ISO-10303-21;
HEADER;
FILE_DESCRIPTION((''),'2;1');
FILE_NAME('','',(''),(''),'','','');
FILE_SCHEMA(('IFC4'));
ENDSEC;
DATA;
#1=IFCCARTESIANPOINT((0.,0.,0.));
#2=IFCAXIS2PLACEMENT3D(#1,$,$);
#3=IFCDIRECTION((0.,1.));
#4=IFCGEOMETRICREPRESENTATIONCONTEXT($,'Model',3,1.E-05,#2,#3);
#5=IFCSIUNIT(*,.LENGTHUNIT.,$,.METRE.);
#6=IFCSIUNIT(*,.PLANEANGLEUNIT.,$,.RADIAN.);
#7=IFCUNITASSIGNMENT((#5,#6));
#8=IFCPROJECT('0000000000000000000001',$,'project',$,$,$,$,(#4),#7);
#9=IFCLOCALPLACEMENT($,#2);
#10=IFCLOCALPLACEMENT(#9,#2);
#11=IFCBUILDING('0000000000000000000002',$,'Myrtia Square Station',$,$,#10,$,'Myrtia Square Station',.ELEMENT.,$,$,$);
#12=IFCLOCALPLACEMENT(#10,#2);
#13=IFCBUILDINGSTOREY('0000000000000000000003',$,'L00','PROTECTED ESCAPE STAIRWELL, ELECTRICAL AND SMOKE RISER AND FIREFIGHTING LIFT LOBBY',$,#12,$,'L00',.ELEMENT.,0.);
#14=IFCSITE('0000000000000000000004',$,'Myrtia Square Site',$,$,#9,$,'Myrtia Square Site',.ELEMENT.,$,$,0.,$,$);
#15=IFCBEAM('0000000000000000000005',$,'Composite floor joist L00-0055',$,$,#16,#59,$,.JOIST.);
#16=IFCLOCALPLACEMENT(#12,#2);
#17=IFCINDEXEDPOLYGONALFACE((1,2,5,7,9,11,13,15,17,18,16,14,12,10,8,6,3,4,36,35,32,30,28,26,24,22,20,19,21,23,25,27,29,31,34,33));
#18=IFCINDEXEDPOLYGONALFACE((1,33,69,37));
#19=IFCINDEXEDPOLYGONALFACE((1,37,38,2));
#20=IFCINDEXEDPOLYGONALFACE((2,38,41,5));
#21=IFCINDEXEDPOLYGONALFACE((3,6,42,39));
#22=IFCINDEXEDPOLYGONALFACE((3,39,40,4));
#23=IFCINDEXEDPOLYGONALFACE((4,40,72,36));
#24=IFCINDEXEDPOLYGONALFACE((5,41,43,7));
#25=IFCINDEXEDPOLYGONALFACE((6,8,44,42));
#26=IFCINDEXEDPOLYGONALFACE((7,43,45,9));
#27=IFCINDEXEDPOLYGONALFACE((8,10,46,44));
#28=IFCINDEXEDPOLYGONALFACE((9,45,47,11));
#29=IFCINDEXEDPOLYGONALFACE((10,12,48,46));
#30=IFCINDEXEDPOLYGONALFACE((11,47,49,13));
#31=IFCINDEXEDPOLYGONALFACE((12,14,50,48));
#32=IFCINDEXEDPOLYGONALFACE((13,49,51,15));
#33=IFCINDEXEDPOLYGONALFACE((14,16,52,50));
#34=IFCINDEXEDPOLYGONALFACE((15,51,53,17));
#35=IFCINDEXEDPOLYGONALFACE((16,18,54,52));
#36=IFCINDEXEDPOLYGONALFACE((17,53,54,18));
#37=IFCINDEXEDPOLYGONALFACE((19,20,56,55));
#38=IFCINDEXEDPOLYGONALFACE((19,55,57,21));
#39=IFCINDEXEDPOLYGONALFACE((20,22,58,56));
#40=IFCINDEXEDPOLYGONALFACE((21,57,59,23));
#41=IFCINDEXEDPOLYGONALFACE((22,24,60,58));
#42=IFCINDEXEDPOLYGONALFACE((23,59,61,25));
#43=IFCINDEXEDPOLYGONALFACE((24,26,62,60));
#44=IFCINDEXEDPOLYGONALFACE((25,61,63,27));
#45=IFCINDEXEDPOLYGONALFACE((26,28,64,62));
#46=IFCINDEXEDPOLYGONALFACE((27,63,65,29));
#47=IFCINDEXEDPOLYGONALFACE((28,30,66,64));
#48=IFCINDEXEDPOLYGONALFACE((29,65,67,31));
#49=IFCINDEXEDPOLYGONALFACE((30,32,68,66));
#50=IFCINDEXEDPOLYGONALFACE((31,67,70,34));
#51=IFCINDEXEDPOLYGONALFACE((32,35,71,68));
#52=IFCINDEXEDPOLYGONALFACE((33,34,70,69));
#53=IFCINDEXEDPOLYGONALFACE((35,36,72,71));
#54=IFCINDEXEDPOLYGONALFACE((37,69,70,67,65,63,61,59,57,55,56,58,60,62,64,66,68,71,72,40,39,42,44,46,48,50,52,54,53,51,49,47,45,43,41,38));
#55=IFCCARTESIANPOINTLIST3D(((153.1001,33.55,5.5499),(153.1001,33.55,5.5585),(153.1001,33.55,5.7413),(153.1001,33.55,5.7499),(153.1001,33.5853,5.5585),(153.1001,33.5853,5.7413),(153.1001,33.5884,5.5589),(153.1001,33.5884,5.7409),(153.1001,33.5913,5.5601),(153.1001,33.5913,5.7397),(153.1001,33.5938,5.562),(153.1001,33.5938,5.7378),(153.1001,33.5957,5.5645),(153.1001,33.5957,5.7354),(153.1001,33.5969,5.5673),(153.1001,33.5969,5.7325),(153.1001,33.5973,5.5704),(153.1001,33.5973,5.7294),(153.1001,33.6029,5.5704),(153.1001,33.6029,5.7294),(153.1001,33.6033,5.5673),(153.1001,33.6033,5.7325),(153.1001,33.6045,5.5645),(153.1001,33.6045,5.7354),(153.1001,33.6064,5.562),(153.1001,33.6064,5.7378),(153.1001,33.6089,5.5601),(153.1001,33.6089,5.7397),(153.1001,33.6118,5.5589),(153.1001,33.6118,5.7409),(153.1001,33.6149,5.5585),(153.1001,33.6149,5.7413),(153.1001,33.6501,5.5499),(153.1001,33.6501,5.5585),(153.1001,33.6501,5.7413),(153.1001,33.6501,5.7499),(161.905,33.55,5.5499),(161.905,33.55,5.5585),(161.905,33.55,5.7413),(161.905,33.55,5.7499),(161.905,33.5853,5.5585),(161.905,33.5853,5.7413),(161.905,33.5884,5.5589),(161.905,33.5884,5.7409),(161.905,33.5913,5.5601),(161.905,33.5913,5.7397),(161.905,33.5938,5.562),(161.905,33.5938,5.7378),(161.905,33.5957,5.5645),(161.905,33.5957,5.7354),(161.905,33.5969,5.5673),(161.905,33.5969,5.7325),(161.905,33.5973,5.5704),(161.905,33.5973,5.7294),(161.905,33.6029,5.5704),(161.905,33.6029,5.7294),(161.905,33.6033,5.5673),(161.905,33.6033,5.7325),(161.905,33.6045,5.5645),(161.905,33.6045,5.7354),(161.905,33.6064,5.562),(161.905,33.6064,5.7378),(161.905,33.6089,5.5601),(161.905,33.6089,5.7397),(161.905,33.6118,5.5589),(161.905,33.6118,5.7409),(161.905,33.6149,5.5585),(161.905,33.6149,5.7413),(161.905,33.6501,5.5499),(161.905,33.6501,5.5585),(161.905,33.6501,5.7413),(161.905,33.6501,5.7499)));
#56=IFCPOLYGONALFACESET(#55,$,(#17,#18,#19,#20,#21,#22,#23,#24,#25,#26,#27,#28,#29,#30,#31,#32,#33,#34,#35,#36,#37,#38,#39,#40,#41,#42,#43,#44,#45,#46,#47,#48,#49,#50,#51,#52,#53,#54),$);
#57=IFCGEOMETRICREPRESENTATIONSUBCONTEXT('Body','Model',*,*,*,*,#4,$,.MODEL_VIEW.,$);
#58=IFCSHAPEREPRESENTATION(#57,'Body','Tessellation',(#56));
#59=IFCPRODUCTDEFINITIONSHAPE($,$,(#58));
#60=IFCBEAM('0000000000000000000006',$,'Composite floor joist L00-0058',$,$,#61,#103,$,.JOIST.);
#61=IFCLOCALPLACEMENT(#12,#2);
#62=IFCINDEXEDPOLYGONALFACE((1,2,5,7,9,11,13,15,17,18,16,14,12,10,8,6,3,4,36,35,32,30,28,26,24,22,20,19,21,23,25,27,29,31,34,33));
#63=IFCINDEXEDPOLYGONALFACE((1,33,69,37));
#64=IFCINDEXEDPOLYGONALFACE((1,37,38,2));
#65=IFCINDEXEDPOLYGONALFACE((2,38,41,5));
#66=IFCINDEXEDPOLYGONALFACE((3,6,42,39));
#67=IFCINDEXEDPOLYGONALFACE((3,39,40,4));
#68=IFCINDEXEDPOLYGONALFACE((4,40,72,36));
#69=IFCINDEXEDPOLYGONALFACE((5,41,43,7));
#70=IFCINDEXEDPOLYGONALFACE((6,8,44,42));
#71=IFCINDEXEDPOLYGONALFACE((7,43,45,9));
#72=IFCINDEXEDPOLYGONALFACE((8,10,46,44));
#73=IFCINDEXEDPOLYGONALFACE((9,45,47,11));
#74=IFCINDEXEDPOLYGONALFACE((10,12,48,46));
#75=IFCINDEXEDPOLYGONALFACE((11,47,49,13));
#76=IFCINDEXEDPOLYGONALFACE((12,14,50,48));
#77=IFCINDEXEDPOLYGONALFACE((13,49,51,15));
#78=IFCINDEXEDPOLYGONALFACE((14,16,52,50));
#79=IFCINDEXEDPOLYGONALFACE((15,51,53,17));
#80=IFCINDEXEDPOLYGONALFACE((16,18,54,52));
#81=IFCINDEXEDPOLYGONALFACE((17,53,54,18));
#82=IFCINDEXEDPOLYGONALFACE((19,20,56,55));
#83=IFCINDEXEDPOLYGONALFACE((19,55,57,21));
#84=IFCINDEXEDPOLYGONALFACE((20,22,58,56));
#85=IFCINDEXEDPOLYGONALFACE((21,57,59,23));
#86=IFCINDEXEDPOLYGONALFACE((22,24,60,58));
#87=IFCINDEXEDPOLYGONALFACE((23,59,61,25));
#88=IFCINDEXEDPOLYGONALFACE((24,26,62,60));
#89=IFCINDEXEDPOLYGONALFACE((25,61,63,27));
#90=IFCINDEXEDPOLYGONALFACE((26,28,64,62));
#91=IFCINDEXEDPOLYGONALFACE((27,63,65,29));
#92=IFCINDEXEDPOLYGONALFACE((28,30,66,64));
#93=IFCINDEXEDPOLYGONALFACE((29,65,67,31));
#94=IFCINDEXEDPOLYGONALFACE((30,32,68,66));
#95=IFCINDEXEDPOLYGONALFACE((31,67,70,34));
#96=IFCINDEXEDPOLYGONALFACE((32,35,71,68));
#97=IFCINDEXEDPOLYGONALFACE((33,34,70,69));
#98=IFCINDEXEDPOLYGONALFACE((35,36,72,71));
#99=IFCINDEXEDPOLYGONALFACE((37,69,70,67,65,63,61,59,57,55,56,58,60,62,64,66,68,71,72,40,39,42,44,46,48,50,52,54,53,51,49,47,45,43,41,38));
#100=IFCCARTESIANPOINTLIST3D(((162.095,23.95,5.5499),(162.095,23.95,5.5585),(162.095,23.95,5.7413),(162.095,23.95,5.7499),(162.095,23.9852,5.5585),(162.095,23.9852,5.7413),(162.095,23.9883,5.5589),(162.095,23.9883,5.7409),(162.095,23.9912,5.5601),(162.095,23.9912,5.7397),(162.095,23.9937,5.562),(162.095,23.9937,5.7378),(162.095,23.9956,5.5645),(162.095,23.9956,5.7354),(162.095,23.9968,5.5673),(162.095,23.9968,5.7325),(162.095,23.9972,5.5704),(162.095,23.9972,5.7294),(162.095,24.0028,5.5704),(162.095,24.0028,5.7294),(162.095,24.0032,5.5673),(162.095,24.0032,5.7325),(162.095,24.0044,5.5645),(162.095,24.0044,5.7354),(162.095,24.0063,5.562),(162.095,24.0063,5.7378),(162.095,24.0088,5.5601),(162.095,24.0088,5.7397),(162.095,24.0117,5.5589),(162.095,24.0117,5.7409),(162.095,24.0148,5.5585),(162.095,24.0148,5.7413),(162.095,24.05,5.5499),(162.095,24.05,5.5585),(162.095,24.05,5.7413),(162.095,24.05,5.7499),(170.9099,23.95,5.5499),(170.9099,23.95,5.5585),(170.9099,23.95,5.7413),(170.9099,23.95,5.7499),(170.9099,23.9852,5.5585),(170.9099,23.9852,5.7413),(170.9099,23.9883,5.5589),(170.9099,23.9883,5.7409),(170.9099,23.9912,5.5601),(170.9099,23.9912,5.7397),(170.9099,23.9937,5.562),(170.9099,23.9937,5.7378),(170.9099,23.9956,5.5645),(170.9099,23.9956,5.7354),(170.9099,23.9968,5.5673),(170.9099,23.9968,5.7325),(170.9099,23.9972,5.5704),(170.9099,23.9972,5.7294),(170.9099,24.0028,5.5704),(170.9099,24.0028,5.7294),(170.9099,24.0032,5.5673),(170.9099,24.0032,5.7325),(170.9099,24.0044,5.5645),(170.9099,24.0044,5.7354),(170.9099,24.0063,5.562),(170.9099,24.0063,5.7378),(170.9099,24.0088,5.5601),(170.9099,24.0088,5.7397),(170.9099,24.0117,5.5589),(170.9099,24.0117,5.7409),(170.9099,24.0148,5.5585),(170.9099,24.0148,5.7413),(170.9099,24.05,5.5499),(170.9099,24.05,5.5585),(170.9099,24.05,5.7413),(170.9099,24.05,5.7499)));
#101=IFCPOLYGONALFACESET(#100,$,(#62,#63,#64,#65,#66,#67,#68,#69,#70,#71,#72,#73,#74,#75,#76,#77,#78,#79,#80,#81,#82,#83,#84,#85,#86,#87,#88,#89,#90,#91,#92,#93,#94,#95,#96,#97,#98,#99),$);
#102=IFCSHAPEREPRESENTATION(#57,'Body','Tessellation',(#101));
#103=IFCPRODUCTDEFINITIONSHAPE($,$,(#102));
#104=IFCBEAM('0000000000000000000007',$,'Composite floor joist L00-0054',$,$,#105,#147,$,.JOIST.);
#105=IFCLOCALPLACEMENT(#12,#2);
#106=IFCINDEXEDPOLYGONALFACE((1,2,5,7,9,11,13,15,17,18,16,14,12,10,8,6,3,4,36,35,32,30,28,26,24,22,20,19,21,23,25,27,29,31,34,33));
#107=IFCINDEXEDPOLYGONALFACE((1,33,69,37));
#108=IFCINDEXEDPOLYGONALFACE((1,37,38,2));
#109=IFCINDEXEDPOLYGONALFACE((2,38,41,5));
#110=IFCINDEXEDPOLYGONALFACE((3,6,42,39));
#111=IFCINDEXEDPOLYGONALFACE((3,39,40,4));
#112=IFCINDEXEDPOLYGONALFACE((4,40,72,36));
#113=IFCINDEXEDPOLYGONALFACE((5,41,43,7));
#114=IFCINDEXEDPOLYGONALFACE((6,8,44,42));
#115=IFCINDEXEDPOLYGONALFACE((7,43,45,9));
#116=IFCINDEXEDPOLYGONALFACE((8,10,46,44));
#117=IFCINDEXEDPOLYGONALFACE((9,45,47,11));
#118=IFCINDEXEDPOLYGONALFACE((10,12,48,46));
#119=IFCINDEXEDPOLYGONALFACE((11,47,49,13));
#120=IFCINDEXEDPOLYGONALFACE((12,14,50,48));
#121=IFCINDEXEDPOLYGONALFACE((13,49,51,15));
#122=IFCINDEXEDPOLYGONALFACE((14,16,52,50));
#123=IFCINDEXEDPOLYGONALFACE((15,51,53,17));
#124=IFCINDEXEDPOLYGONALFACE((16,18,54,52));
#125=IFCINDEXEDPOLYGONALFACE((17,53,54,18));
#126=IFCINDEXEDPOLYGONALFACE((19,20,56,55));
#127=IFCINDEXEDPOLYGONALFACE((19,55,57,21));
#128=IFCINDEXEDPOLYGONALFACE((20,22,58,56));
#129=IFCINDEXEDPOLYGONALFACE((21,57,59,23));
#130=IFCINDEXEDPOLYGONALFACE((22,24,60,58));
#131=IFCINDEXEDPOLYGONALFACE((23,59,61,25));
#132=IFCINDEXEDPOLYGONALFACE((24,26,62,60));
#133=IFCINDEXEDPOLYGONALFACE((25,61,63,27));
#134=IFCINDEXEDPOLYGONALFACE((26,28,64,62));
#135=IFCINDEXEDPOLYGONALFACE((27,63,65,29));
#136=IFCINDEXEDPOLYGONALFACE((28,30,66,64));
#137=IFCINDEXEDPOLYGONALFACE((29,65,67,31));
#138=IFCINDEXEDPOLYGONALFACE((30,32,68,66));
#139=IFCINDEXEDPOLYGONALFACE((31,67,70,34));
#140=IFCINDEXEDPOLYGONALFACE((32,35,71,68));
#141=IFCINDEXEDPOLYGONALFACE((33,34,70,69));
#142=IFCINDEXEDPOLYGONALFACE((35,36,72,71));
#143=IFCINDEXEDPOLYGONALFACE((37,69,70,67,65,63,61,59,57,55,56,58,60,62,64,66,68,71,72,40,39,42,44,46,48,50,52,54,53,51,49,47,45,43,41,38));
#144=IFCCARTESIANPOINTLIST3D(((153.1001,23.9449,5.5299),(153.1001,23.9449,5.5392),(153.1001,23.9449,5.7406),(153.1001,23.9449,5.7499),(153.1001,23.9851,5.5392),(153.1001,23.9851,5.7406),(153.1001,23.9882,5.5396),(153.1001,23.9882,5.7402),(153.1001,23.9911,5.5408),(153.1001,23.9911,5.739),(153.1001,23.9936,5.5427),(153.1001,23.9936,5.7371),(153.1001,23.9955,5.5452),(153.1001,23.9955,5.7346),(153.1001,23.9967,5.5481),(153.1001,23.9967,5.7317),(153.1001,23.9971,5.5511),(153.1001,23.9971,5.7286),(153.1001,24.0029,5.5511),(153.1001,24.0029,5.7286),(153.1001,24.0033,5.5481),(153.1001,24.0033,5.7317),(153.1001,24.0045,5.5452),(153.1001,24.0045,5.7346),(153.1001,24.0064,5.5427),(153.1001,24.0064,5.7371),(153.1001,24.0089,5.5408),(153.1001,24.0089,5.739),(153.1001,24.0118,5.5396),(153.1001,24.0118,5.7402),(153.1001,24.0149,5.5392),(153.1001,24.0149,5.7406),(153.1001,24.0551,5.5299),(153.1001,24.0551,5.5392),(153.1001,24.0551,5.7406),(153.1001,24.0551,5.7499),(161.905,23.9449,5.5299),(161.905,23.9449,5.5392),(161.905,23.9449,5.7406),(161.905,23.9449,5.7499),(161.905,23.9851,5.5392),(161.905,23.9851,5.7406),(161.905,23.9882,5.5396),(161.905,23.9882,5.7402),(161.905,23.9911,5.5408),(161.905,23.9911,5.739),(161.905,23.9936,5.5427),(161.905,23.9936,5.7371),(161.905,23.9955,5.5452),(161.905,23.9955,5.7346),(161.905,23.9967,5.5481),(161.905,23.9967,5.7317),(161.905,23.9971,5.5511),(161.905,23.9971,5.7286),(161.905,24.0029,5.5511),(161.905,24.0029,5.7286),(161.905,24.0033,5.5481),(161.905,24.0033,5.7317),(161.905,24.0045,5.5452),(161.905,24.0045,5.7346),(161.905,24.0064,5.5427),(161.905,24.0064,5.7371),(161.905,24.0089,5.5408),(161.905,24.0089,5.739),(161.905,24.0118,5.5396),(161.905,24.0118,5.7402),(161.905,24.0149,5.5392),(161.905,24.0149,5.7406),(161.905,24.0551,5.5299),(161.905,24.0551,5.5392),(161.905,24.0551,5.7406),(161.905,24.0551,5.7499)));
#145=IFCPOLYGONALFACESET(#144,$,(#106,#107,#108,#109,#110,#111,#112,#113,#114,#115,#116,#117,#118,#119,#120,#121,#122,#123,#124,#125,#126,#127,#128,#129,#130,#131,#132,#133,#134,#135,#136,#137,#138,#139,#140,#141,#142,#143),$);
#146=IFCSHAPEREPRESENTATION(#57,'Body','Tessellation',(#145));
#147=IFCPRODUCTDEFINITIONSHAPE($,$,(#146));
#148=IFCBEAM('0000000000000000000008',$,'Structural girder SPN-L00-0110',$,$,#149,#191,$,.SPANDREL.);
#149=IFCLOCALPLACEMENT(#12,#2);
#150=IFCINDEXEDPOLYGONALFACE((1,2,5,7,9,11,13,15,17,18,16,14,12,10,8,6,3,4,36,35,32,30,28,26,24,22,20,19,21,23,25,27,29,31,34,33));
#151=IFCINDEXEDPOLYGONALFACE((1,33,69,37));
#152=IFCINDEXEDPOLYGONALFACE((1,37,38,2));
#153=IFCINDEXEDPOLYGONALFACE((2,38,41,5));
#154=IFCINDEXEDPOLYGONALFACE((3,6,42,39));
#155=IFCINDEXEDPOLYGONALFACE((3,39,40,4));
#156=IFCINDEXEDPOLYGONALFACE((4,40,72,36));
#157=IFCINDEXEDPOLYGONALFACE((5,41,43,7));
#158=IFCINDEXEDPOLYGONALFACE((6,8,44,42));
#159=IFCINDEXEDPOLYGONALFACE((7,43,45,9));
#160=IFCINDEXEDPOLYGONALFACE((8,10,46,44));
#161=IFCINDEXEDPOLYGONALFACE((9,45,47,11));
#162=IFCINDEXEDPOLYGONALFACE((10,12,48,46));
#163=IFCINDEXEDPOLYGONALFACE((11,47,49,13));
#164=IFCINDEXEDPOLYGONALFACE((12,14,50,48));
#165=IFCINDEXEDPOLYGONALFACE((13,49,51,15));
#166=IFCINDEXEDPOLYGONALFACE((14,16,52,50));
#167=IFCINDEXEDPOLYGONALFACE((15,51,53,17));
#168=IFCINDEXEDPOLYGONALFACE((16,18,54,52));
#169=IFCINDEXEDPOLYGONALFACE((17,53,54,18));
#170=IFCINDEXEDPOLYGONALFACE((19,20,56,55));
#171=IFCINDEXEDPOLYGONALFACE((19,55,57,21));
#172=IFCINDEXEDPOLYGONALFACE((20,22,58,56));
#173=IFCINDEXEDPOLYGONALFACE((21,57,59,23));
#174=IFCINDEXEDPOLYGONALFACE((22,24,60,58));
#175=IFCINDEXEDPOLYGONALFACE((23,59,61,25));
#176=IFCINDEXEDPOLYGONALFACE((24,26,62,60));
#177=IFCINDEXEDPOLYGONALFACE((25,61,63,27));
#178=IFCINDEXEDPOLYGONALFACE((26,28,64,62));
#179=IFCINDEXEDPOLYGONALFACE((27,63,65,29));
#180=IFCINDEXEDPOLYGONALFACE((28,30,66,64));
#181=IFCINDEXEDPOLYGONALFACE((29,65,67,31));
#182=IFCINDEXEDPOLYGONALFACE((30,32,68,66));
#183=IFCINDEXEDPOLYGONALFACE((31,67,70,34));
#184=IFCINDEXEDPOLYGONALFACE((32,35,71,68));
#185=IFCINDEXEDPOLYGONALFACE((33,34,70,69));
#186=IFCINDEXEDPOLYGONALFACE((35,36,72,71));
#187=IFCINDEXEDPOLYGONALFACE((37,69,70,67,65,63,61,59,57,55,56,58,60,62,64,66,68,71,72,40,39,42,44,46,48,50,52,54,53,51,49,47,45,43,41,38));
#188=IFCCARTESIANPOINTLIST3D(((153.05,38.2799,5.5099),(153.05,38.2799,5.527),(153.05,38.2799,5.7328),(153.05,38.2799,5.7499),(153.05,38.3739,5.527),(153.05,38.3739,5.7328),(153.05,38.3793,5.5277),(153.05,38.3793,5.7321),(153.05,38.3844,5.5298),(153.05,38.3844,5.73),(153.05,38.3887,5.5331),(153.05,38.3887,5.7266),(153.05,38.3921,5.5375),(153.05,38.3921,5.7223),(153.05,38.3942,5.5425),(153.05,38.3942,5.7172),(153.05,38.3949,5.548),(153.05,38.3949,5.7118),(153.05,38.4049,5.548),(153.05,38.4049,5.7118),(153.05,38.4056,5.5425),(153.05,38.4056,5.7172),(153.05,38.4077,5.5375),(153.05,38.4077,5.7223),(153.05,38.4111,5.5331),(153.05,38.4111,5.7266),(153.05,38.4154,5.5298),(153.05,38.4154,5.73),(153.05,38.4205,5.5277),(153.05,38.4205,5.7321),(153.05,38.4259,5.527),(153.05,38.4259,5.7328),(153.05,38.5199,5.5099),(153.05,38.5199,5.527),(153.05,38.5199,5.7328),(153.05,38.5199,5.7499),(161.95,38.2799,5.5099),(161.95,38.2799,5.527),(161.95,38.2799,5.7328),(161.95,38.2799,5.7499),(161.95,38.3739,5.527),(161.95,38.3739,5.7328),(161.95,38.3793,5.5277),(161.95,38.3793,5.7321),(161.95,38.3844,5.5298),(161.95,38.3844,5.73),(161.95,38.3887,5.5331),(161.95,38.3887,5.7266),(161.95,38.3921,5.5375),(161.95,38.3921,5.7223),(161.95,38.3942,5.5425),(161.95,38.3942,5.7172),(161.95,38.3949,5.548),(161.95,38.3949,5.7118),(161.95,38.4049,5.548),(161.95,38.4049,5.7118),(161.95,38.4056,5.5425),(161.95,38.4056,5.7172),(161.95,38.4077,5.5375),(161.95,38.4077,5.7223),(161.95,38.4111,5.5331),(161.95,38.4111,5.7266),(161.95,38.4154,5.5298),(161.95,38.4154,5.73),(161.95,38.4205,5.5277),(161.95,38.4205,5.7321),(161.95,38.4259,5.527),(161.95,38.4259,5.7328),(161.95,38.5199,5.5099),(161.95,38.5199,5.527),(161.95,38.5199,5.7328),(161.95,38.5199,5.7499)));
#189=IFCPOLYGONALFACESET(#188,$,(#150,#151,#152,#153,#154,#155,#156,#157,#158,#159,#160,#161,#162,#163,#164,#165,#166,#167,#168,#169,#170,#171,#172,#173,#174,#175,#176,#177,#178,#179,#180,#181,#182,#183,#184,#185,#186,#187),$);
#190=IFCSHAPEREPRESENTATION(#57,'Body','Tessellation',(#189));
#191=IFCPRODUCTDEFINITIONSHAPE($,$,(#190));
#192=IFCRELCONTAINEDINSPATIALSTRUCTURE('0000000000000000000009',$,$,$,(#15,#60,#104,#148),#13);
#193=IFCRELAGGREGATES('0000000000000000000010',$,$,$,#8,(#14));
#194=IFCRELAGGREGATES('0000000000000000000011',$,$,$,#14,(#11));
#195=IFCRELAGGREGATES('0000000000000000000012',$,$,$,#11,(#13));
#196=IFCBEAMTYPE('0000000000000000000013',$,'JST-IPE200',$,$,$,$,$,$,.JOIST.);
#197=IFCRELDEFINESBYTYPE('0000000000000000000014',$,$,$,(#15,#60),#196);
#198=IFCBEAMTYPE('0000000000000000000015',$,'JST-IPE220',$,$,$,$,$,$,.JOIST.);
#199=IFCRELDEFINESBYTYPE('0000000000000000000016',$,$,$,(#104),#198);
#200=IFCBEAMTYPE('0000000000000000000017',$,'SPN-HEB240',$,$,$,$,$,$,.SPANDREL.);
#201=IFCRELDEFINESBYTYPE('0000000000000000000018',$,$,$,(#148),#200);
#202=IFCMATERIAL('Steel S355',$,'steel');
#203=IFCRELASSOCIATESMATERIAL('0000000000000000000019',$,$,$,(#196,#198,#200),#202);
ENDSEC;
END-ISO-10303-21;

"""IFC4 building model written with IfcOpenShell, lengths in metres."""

from ifc_helpers import new_model, si_unit, direction, frame, origin, origin_2d, place, context, subcontext, project, spatial, i_section, extrude, material, material_profile, profile_set, type_object, element, save


model = new_model("IFC4")

# Units and contexts
model_context = context("Model", 3, precision=1e-05, world=origin(), true_north=direction((0.0, 1.0)))
body_context = subcontext(model_context, "Body", "Model", "MODEL_VIEW")
ifc_project = project(units=[si_unit("LENGTHUNIT", "METRE"), si_unit("PLANEANGLEUNIT", "RADIAN")], contexts=[model_context])

# Site, building, storey
site_placement = place(None, origin())
site = spatial("IfcSite", under=ifc_project, at=site_placement, Name="Myrtia Square Site", LongName="Myrtia Square Site", CompositionType="ELEMENT", RefElevation=0.0)
building_placement = place(site_placement, origin())
building = spatial("IfcBuilding", under=site, at=building_placement, Name="Myrtia Square Station", LongName="Myrtia Square Station", CompositionType="ELEMENT")
storey_placement = place(building_placement, origin())
storey = spatial("IfcBuildingStorey", under=building, at=storey_placement, Name="L00", Description="PROTECTED ESCAPE STAIRWELL, ELECTRICAL AND SMOKE RISER AND FIREFIGHTING LIFT LOBBY", LongName="L00", CompositionType="ELEMENT", Elevation=0.0)

# Shared definitions
ifc_material_1 = material(Name="Steel S355", Category="steel")

# Beams
ifc_material_profile_1 = material_profile(ifc_material_1, i_section(OverallWidth=0.1001, OverallDepth=0.2, WebThickness=0.0056, FlangeThickness=0.0085, FilletRadius=0.012, at=origin_2d()), Name="IPE 200")
ifc_profile_set_1 = profile_set([ifc_material_profile_1], Name="Steel S355")
beam_type_1 = type_object("IfcBeamType", Name="JST-IPE200", PredefinedType="JOIST", material=ifc_profile_set_1)
beam_1_placement = place(storey_placement, frame((153.1001, 33.6001, 5.6499), z_axis=(1.0, 0.0, 0.0), x_axis=(0.0, 1.0, 0.0)))
element("IfcBeam", 1, at=beam_1_placement, inside=storey, type_object=beam_type_1, Name="Composite floor joist L00-0055", PredefinedType="JOIST", context=body_context, shape_type="SweptSolid", body=[
    extrude(i_section(OverallWidth=0.1001, OverallDepth=0.2, WebThickness=0.0056, FlangeThickness=0.0085, FilletRadius=0.012, at=origin_2d()), origin(), (0.0, 0.0, 1.0), 8.8049),
])
beam_2_placement = place(storey_placement, frame((162.095, 24.0, 5.6499), z_axis=(1.0, 0.0, 0.0), x_axis=(0.0, 1.0, 0.0)))
element("IfcBeam", 2, at=beam_2_placement, inside=storey, type_object=beam_type_1, Name="Composite floor joist L00-0058", PredefinedType="JOIST", context=body_context, shape_type="SweptSolid", body=[
    extrude(i_section(OverallWidth=0.1001, OverallDepth=0.2, WebThickness=0.0056, FlangeThickness=0.0085, FilletRadius=0.012, at=origin_2d()), origin(), (0.0, 0.0, 1.0), 8.8149),
])
ifc_material_profile_2 = material_profile(ifc_material_1, i_section(OverallWidth=0.1101, OverallDepth=0.22, WebThickness=0.0059, FlangeThickness=0.0093, FilletRadius=0.012, at=origin_2d()), Name="IPE 220")
ifc_profile_set_2 = profile_set([ifc_material_profile_2], Name="Steel S355")
beam_type_2 = type_object("IfcBeamType", Name="JST-IPE220", PredefinedType="JOIST", material=ifc_profile_set_2)
beam_3_placement = place(storey_placement, frame((153.1001, 24.0, 5.6399), z_axis=(1.0, 0.0, 0.0), x_axis=(0.0, 1.0, 0.0)))
element("IfcBeam", 3, at=beam_3_placement, inside=storey, type_object=beam_type_2, Name="Composite floor joist L00-0054", PredefinedType="JOIST", context=body_context, shape_type="SweptSolid", body=[
    extrude(i_section(OverallWidth=0.1101, OverallDepth=0.22, WebThickness=0.0059, FlangeThickness=0.0093, FilletRadius=0.012, at=origin_2d()), origin(), (0.0, 0.0, 1.0), 8.8049),
])
ifc_material_profile_3 = material_profile(ifc_material_1, i_section(OverallWidth=0.24, OverallDepth=0.24, WebThickness=0.01, FlangeThickness=0.0171, FilletRadius=0.021, at=origin_2d()), Name="HEB 240")
ifc_profile_set_3 = profile_set([ifc_material_profile_3], Name="Steel S355")
beam_type_3 = type_object("IfcBeamType", Name="SPN-HEB240", PredefinedType="SPANDREL", material=ifc_profile_set_3)
for number, where, z_axis, x_axis, name in (
    (4, (153.05, 38.3999, 5.6299), (1.0, 0.0, 0.0), (0.0, 1.0, 0.0), "Structural girder SPN-L00-0110"),
):
    element("IfcBeam", number, at=place(storey_placement, frame(where, z_axis=z_axis, x_axis=x_axis)), inside=storey, type_object=beam_type_3, Name=name, PredefinedType="SPANDREL", context=body_context, shape_type="SweptSolid", body=[
        extrude(i_section(OverallWidth=0.24, OverallDepth=0.24, WebThickness=0.01, FlangeThickness=0.0171, FilletRadius=0.021, at=origin_2d()), origin(), (0.0, 0.0, 1.0), 8.8999),
    ])

save(model, "model.ifc")
